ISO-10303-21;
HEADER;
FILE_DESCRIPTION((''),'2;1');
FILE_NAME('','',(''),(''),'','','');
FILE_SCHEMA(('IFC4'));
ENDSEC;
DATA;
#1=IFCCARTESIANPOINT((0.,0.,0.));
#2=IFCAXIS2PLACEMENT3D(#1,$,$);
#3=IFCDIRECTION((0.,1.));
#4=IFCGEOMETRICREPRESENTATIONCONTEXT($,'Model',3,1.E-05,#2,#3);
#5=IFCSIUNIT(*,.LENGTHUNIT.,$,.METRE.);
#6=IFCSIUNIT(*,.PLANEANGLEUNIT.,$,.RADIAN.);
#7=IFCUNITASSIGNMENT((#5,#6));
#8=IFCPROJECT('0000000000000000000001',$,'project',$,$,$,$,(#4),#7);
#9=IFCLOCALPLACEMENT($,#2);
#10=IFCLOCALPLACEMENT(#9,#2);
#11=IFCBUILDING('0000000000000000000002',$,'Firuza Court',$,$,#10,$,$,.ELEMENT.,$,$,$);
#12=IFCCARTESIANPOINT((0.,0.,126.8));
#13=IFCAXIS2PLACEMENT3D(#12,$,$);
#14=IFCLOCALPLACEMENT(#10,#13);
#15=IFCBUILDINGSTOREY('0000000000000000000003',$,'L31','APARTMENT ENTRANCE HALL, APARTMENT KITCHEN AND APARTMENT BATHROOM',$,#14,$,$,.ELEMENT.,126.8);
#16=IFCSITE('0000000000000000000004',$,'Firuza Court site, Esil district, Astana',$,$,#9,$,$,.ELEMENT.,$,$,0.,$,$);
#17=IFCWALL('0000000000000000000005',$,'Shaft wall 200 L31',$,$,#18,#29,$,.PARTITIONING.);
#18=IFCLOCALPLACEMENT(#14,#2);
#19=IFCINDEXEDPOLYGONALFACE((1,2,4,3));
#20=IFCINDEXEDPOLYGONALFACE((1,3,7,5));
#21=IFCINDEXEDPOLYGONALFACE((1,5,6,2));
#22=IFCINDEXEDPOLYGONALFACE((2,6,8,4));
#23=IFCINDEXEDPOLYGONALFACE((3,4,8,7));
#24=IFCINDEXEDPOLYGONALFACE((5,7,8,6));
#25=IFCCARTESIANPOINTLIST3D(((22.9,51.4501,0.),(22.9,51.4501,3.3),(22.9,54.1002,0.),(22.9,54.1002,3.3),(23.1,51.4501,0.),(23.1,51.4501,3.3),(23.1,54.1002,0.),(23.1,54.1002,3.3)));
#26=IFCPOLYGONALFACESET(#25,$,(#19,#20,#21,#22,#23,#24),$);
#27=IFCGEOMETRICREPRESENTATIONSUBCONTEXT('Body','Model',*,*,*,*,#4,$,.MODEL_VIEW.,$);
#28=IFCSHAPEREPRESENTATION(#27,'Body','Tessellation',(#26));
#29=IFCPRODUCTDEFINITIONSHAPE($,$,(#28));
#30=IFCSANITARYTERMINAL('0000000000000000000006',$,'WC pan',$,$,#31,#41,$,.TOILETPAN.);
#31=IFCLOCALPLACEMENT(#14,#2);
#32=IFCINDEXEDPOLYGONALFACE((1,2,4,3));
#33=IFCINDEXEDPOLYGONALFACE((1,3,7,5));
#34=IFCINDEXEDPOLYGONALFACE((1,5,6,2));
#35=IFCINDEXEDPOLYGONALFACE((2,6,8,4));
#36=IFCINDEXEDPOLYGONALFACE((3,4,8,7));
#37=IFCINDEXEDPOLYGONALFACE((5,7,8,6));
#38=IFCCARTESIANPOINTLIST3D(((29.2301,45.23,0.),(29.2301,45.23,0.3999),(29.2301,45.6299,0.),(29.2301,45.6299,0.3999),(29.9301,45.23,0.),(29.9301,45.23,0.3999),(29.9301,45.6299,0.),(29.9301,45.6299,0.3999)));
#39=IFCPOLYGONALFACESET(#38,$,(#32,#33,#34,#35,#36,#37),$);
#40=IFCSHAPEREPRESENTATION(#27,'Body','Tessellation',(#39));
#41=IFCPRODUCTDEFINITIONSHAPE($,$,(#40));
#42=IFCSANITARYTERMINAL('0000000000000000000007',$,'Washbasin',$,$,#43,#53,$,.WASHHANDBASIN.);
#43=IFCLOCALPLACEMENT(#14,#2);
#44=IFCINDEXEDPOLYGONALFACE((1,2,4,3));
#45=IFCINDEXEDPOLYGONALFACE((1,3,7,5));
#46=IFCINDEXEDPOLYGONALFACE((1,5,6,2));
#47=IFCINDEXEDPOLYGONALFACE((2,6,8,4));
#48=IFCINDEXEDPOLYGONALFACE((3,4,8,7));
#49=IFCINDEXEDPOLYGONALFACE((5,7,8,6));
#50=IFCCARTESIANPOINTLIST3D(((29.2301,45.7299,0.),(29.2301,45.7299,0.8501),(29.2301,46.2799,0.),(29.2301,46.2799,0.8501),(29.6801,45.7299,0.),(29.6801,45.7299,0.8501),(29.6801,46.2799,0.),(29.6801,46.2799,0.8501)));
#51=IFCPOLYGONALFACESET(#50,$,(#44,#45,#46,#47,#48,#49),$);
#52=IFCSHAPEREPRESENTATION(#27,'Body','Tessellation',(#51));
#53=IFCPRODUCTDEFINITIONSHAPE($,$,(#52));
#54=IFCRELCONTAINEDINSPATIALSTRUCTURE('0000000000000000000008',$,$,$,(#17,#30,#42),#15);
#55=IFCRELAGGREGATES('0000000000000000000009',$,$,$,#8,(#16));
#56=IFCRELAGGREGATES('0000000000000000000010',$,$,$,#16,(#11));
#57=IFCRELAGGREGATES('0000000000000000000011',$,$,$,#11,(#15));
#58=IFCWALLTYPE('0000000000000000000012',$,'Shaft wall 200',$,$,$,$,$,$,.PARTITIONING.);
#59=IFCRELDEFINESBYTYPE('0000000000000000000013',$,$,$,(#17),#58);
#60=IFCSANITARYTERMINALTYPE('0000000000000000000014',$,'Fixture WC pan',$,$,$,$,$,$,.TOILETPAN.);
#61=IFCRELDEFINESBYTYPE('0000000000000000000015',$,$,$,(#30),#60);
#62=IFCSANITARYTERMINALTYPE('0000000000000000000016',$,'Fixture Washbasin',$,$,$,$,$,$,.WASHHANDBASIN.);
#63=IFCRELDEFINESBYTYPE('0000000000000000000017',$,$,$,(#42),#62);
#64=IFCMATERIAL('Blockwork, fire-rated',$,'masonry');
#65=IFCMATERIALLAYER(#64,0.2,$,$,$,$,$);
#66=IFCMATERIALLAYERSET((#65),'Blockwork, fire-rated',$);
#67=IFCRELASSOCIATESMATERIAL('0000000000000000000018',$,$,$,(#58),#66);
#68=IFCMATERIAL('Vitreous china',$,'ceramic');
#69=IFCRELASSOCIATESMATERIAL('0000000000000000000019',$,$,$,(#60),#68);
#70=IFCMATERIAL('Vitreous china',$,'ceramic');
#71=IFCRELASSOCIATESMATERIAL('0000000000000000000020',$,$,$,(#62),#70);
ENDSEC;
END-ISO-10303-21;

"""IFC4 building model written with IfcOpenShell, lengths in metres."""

from ifc_helpers import new_model, si_unit, direction, frame, frame_2d, origin, origin_2d, place, context, subcontext, project, spatial, rectangle, extrude, material, layer, layer_set, type_object, element, save


model = new_model("IFC4")

# Units and contexts
model_context = context("Model", 3, precision=1e-05, world=origin(), true_north=direction((0.0, 1.0)))
body_context = subcontext(model_context, "Body", "Model", "MODEL_VIEW")
ifc_project = project(units=[si_unit("LENGTHUNIT", "METRE"), si_unit("PLANEANGLEUNIT", "RADIAN")], contexts=[model_context])

# Site, building, storey
site_placement = place(None, origin())
site = spatial("IfcSite", under=ifc_project, at=site_placement, Name="Firuza Court site, Esil district, Astana", CompositionType="ELEMENT", RefElevation=0.0)
building_placement = place(site_placement, origin())
building = spatial("IfcBuilding", under=site, at=building_placement, Name="Firuza Court", CompositionType="ELEMENT")
storey_placement = place(building_placement, frame((0.0, 0.0, 126.8)))
storey = spatial("IfcBuildingStorey", under=building, at=storey_placement, Name="L31", Description="APARTMENT ENTRANCE HALL, APARTMENT KITCHEN AND APARTMENT BATHROOM", CompositionType="ELEMENT", Elevation=126.8)

# Shared definitions
ifc_material_1 = material(Name="Blockwork, fire-rated", Category="masonry")

# Shared definitions
ifc_layer_1 = layer(ifc_material_1, 0.2)
ifc_layer_set_1 = layer_set([ifc_layer_1], Name="Blockwork, fire-rated")
wall_type_1 = type_object("IfcWallType", Name="Shaft wall 200", PredefinedType="PARTITIONING", material=ifc_layer_set_1)

# Wall
wall_1_placement = place(storey_placement, frame((23.0, 51.45, 0.0), z_axis=(0.0, 0.0, 1.0), x_axis=(0.0, 1.0, 0.0)))
element("IfcWall", 1, at=wall_1_placement, inside=storey, type_object=wall_type_1, Name="Shaft wall 200 L31", PredefinedType="PARTITIONING", context=body_context, shape_type="SweptSolid", body=[
    extrude(rectangle(XDim=2.6501, YDim=0.2, at=frame_2d((1.3252, 0.0))), origin(), (0.0, 0.0, 1.0), 3.3),
])

# Sanitary terminals
ifc_material_2 = material(Name="Vitreous china", Category="ceramic")
sanitary_terminal_type_1 = type_object("IfcSanitaryTerminalType", Name="Fixture WC pan", PredefinedType="TOILETPAN", material=ifc_material_2)
sanitary_terminal_1_placement = place(storey_placement, frame((29.5801, 45.4299, 0.0), z_axis=(0.0, 0.0, 1.0), x_axis=(1.0, 0.0, 0.0)))
element("IfcSanitaryTerminal", 2, at=sanitary_terminal_1_placement, inside=storey, type_object=sanitary_terminal_type_1, Name="WC pan", PredefinedType="TOILETPAN", context=body_context, shape_type="SweptSolid", body=[
    extrude(rectangle(XDim=0.7, YDim=0.3999, at=origin_2d()), origin(), (0.0, 0.0, 1.0), 0.3999),
])
ifc_material_3 = material(Name="Vitreous china", Category="ceramic")
sanitary_terminal_type_2 = type_object("IfcSanitaryTerminalType", Name="Fixture Washbasin", PredefinedType="WASHHANDBASIN", material=ifc_material_3)
sanitary_terminal_2_placement = place(storey_placement, frame((29.4551, 46.0049, 0.0), z_axis=(0.0, 0.0, 1.0), x_axis=(1.0, 0.0, 0.0)))
element("IfcSanitaryTerminal", 3, at=sanitary_terminal_2_placement, inside=storey, type_object=sanitary_terminal_type_2, Name="Washbasin", PredefinedType="WASHHANDBASIN", context=body_context, shape_type="SweptSolid", body=[
    extrude(rectangle(XDim=0.45, YDim=0.55, at=origin_2d()), origin(), (0.0, 0.0, 1.0), 0.8501),
])

save(model, "model.ifc")
